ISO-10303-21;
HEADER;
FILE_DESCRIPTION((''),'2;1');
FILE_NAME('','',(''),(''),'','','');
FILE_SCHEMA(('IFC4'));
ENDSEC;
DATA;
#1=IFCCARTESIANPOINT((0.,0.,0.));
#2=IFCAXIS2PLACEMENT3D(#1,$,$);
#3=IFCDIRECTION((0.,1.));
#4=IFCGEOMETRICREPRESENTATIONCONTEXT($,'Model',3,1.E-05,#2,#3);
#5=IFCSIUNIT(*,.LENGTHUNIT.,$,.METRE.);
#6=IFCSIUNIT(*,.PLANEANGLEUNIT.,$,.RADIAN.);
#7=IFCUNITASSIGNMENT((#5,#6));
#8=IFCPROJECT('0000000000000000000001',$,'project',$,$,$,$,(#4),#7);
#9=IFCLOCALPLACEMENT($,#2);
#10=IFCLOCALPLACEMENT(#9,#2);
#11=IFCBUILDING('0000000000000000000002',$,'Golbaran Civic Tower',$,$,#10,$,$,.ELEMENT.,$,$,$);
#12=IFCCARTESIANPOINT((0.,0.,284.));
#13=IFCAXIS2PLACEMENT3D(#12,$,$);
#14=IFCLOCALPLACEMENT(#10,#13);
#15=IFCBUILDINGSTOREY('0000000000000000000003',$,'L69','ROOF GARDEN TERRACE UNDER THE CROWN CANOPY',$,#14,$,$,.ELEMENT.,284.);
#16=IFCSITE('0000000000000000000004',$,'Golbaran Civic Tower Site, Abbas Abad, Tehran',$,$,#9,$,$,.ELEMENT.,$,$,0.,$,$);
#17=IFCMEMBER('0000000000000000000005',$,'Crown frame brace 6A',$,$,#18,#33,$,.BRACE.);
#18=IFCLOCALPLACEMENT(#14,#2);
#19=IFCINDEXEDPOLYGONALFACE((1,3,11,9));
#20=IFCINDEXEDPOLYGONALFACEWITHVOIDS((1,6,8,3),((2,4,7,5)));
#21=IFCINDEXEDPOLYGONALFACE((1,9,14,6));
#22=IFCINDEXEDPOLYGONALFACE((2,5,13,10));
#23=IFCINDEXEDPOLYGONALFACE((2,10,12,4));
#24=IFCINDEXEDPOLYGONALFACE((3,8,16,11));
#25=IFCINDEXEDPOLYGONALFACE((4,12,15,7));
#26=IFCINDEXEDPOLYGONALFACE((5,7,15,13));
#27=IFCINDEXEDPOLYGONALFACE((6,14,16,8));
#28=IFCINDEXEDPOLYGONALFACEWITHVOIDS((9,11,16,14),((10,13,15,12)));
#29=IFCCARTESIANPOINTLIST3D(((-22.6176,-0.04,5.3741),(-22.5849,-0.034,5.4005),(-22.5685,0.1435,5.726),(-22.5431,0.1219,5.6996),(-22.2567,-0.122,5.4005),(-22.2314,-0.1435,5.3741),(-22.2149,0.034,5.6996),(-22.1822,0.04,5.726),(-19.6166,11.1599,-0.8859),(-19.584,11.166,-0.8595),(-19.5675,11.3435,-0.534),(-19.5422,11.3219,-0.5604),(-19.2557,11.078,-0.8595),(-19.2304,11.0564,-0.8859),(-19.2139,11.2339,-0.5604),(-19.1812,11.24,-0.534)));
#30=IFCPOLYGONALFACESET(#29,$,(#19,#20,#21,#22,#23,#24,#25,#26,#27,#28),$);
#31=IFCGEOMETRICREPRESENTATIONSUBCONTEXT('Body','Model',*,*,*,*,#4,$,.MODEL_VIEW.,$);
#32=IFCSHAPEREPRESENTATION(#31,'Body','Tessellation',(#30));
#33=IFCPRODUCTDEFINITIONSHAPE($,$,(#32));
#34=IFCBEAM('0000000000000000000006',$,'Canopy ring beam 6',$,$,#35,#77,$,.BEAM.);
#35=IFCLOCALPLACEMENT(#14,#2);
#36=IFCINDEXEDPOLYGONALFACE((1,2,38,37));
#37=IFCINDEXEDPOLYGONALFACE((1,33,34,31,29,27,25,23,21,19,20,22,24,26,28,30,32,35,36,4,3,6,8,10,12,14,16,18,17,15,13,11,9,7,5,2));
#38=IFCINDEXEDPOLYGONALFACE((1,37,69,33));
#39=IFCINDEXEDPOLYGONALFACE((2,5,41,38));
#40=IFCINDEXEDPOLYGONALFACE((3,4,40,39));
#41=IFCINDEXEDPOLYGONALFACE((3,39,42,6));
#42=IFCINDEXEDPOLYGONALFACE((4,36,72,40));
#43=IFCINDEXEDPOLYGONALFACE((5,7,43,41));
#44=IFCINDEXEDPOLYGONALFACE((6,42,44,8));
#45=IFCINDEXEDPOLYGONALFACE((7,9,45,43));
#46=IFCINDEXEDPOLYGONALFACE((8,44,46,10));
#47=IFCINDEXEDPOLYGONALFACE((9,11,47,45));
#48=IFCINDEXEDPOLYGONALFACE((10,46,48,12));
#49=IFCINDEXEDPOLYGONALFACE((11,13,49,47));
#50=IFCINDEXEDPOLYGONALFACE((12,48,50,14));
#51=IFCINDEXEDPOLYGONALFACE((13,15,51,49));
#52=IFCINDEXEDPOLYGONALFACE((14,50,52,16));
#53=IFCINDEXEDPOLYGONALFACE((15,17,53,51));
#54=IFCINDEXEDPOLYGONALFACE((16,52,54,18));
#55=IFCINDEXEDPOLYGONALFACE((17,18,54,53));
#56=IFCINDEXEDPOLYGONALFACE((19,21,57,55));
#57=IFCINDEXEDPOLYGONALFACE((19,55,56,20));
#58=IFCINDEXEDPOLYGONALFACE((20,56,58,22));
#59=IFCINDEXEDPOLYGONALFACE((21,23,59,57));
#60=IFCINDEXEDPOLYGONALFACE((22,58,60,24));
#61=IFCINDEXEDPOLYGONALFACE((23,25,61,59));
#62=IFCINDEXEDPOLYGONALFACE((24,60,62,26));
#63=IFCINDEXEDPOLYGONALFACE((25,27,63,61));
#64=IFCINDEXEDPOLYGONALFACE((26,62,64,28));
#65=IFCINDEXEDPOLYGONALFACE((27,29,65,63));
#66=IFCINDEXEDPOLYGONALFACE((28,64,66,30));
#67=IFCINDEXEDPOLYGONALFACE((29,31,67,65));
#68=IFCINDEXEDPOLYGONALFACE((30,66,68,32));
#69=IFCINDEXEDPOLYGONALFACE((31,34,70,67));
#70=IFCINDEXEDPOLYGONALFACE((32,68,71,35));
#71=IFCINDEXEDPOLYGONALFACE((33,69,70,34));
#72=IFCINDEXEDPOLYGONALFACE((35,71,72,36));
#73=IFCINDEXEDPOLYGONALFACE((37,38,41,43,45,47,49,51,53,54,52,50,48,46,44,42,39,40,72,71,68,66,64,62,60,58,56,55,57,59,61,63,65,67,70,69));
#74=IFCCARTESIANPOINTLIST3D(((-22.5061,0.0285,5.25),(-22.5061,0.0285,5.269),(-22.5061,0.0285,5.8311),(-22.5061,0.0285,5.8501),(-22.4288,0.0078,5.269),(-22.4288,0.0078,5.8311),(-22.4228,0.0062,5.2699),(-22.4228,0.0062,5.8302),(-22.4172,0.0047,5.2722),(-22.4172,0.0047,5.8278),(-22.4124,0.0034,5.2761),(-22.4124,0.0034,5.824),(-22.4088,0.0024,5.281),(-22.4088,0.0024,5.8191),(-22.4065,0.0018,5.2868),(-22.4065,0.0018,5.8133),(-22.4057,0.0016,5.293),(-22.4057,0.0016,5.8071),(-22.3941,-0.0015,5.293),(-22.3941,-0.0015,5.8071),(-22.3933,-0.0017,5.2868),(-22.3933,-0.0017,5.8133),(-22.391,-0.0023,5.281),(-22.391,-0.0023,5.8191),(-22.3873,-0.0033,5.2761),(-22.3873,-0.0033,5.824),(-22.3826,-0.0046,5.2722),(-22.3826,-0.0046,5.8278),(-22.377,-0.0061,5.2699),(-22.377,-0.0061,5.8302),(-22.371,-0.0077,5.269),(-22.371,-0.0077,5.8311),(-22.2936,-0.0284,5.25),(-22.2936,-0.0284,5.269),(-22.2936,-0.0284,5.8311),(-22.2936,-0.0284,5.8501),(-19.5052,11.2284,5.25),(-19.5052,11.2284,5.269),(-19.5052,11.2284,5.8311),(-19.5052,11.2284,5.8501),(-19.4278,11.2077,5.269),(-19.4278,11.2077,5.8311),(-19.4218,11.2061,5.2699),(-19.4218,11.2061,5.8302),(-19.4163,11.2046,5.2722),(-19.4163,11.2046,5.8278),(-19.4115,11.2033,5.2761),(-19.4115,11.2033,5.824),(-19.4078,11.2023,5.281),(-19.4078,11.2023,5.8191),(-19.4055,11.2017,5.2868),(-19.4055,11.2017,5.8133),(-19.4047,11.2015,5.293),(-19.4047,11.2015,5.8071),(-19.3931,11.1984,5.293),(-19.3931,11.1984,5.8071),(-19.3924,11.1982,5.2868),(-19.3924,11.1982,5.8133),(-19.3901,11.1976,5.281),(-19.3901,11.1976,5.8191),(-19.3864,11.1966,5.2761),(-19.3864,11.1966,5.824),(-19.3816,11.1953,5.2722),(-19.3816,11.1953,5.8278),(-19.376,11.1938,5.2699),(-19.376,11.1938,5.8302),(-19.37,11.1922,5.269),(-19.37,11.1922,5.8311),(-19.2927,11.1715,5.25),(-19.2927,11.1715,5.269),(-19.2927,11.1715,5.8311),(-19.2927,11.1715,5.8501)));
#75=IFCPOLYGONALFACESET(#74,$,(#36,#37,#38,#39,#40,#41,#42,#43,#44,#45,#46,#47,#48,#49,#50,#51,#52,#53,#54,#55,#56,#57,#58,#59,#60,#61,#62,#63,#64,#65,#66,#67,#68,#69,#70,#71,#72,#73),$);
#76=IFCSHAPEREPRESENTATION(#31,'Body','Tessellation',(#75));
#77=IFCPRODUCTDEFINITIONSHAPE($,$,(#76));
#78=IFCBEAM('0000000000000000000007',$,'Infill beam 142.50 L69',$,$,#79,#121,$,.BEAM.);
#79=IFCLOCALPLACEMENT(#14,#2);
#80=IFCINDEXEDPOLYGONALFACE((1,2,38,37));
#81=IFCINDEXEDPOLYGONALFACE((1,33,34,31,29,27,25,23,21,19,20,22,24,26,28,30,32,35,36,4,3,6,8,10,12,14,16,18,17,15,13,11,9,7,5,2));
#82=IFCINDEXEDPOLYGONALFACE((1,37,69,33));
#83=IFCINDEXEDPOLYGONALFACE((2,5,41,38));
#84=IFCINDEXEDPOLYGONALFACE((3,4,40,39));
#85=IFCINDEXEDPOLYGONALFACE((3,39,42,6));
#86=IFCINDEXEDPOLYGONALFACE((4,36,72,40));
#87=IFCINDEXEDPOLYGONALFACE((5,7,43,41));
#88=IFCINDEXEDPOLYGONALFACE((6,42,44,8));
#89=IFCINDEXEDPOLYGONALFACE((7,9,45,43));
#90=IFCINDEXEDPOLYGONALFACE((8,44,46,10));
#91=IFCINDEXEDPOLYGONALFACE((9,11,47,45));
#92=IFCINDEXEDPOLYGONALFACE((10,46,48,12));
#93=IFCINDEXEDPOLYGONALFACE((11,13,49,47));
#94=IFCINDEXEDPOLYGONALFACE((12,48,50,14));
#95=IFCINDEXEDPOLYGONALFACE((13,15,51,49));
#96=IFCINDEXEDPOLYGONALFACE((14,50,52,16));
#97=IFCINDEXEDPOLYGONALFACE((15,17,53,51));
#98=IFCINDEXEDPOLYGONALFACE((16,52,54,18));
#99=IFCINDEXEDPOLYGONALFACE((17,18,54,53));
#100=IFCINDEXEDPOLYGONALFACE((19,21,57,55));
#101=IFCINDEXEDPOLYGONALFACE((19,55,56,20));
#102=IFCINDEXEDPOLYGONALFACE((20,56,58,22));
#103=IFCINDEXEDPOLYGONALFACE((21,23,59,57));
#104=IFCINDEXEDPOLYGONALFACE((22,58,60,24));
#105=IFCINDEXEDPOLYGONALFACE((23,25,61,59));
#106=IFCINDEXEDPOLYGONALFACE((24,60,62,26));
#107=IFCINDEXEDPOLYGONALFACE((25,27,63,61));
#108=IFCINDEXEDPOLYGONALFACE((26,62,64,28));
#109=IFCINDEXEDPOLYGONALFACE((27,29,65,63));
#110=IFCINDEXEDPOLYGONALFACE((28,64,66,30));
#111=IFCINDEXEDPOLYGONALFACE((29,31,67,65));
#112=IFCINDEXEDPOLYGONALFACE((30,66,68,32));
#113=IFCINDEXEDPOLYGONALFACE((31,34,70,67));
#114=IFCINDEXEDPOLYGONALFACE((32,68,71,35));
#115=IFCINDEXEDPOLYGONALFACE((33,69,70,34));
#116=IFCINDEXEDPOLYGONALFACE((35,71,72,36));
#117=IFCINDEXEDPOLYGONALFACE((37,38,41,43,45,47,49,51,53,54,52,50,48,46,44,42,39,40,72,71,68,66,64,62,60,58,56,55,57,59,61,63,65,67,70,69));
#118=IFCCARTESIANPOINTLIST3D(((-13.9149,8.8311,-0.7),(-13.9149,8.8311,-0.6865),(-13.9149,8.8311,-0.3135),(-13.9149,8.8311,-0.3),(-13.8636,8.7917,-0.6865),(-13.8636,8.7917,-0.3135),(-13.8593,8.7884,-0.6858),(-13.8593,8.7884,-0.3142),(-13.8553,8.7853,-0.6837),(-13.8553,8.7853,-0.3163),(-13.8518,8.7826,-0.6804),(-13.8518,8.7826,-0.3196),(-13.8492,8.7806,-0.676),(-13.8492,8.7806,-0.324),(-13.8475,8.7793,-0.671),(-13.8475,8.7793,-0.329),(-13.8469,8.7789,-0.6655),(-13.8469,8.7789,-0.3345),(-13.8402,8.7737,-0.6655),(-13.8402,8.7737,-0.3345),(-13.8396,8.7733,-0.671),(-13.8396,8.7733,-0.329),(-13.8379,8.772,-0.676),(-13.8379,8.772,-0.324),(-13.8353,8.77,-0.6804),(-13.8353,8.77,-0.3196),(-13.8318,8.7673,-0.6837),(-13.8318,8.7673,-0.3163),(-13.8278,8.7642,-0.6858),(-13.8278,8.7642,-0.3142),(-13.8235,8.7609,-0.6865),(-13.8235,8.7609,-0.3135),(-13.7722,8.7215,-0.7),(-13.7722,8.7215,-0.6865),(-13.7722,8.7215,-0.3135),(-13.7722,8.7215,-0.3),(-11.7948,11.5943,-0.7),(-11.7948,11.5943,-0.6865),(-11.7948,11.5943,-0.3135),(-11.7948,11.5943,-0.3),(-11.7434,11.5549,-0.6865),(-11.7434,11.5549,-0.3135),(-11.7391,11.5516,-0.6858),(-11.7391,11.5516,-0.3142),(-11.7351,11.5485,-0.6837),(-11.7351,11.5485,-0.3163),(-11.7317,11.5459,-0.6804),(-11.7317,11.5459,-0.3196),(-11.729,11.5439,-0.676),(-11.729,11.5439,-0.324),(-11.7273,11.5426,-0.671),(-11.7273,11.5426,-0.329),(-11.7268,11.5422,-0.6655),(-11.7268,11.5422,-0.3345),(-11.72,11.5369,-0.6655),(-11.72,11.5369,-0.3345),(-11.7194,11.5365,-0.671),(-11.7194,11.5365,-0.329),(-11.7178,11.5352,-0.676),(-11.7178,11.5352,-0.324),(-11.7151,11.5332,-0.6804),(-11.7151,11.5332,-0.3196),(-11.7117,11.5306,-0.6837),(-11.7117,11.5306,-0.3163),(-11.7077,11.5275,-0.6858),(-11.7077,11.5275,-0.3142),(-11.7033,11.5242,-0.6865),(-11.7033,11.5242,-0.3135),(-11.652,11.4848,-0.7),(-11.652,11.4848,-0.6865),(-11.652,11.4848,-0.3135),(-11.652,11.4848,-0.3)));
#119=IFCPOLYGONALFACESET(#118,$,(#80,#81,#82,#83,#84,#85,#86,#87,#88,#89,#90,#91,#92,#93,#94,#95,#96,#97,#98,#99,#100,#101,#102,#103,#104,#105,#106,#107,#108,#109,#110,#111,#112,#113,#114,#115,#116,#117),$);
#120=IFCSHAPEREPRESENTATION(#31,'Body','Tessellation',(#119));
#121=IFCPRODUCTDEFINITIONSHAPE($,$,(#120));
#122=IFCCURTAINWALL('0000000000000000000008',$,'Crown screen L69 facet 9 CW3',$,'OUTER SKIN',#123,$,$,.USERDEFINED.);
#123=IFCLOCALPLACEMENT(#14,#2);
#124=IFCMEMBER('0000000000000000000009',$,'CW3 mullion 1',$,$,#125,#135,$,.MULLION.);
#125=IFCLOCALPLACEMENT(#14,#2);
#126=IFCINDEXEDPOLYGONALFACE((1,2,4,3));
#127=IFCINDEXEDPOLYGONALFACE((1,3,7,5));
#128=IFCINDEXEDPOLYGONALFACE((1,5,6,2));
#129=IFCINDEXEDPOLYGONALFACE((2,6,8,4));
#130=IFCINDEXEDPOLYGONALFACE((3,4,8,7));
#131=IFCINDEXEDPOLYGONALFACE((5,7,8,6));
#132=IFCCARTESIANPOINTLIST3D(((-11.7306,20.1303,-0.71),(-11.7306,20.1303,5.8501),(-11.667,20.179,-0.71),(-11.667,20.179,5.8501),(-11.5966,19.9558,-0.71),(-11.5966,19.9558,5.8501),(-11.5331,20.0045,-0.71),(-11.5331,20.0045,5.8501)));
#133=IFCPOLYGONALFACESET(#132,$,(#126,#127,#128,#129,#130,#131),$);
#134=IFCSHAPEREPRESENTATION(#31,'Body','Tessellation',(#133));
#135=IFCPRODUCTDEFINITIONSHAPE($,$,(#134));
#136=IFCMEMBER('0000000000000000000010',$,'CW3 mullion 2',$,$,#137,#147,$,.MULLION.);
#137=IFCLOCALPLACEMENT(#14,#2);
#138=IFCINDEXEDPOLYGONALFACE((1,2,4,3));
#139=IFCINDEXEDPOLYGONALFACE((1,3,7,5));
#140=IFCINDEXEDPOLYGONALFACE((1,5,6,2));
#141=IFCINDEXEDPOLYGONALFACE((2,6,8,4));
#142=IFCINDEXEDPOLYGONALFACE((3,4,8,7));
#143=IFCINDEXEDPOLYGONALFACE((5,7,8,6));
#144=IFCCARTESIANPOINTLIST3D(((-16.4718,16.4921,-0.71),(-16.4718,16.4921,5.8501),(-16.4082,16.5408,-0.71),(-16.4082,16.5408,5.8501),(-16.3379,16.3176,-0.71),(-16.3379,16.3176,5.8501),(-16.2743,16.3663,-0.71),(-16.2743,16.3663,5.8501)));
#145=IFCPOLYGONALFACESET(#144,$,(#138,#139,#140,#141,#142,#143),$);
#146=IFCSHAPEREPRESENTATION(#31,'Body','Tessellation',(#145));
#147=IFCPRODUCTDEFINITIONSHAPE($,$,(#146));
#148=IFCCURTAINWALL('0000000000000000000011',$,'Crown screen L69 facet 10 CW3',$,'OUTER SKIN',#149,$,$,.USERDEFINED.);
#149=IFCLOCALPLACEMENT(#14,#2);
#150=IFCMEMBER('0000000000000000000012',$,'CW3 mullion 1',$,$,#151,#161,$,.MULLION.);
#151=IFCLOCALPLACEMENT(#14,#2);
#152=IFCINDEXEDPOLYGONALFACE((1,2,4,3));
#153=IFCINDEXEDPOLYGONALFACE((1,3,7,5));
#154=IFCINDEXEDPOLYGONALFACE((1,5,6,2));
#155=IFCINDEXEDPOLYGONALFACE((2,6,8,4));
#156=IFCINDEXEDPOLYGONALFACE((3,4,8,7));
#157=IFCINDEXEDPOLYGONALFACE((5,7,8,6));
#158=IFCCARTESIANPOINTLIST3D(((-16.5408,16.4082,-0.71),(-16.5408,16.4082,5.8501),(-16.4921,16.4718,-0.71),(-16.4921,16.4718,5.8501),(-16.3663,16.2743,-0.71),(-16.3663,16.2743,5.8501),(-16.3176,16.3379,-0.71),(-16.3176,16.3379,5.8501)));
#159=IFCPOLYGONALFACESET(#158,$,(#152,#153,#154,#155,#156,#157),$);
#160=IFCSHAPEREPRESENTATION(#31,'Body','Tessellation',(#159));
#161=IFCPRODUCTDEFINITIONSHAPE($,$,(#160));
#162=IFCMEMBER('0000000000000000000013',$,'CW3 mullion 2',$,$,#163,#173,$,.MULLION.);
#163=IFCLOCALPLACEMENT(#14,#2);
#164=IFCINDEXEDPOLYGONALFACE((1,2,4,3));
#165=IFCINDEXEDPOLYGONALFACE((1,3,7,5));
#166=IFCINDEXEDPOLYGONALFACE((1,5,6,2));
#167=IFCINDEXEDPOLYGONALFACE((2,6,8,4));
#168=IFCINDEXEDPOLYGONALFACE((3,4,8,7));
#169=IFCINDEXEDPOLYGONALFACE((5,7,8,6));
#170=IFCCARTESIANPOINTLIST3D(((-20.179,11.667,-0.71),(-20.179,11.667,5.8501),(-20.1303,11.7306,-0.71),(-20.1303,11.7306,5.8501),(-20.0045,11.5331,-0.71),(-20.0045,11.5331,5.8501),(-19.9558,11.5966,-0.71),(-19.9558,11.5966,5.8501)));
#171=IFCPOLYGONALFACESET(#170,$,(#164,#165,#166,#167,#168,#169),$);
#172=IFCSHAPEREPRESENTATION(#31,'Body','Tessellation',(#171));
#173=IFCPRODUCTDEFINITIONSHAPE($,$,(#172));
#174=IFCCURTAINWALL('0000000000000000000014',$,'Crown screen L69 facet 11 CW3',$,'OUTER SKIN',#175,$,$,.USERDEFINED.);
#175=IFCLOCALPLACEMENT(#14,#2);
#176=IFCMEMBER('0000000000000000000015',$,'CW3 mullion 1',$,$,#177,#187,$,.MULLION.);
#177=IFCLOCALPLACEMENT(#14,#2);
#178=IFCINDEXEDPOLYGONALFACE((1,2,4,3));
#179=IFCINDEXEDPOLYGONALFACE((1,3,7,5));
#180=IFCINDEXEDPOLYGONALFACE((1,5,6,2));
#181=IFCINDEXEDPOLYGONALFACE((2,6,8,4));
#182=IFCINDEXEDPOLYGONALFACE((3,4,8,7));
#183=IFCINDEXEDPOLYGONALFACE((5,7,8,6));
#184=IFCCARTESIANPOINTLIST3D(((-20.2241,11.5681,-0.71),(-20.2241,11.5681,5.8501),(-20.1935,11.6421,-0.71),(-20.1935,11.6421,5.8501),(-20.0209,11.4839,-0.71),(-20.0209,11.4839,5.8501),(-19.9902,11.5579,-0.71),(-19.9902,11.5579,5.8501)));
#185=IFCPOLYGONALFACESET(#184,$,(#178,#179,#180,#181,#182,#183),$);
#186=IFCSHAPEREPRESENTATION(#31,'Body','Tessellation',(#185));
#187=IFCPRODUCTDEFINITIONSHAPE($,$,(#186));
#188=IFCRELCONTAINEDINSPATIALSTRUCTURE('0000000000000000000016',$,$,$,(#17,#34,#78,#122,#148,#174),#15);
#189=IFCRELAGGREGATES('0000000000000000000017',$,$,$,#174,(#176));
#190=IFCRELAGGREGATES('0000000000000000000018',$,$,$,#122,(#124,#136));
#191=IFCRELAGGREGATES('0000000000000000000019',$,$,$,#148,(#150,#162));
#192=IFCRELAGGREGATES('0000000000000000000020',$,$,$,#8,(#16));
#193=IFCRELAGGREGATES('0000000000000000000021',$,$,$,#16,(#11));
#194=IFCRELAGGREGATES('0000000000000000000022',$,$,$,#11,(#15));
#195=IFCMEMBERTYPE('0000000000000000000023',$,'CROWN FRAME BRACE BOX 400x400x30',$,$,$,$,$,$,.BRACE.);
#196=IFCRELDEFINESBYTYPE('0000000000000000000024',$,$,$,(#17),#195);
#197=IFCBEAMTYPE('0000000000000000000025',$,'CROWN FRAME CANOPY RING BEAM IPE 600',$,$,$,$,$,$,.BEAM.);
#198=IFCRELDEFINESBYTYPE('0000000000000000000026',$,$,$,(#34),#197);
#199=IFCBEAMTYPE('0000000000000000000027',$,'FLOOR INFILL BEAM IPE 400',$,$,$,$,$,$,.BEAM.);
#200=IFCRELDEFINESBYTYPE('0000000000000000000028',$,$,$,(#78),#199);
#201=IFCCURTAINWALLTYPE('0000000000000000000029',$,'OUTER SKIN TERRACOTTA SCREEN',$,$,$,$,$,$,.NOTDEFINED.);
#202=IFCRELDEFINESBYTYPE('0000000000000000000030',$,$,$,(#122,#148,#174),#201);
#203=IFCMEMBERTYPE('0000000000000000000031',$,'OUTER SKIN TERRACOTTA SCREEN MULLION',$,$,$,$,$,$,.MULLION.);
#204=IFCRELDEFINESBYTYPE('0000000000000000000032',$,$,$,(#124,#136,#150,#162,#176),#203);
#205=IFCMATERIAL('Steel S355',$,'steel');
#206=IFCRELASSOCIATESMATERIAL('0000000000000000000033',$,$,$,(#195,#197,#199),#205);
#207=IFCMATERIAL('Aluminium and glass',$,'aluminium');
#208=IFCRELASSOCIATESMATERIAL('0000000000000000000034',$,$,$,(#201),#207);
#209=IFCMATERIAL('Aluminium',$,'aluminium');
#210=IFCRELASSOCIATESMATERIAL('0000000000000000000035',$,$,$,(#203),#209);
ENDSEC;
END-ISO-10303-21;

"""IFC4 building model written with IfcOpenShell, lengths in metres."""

from ifc_helpers import new_model, si_unit, direction, frame, origin, origin_2d, place, context, subcontext, project, spatial, rectangle, hollow_rectangle, i_section, extrude, material, material_profile, profile_set, type_object, element, aggregate, save


model = new_model("IFC4")

# Units and contexts
model_context = context("Model", 3, precision=1e-05, world=origin(), true_north=direction((0.0, 1.0)))
body_context = subcontext(model_context, "Body", "Model", "MODEL_VIEW")
ifc_project = project(units=[si_unit("LENGTHUNIT", "METRE"), si_unit("PLANEANGLEUNIT", "RADIAN")], contexts=[model_context])

# Site, building, storey
site_placement = place(None, origin())
site = spatial("IfcSite", under=ifc_project, at=site_placement, Name="Golbaran Civic Tower Site, Abbas Abad, Tehran", CompositionType="ELEMENT", RefElevation=0.0)
building_placement = place(site_placement, origin())
building = spatial("IfcBuilding", under=site, at=building_placement, Name="Golbaran Civic Tower", CompositionType="ELEMENT")
storey_placement = place(building_placement, frame((0.0, 0.0, 284.0)))
storey = spatial("IfcBuildingStorey", under=building, at=storey_placement, Name="L69", Description="ROOF GARDEN TERRACE UNDER THE CROWN CANOPY", CompositionType="ELEMENT", Elevation=284.0)

# Member
ifc_material_1 = material(Name="Steel S355", Category="steel")
ifc_material_profile_1 = material_profile(ifc_material_1, hollow_rectangle(XDim=0.3999, YDim=0.3999, WallThickness=0.03, at=origin_2d()), Name="BOX 400x400x30")
ifc_profile_set_1 = profile_set([ifc_material_profile_1], Name="Steel S355")
member_type_1 = type_object("IfcMemberType", Name="CROWN FRAME BRACE BOX 400x400x30", PredefinedType="BRACE", material=ifc_profile_set_1)
member_1_placement = place(storey_placement, frame((-19.3989, 11.2, -0.71), z_axis=(-0.227744, -0.849964, 0.475072), x_axis=(0.965927, -0.258816, 0.0)))
element("IfcMember", 1, at=member_1_placement, inside=storey, type_object=member_type_1, Name="Crown frame brace 6A", PredefinedType="BRACE", context=body_context, shape_type="SweptSolid", body=[
    extrude(hollow_rectangle(XDim=0.3999, YDim=0.3999, WallThickness=0.03, at=origin_2d()), origin(), (0.0, 0.0, 1.0), 13.177),
])

# Beams
ifc_material_profile_2 = material_profile(ifc_material_1, i_section(OverallWidth=0.22, OverallDepth=0.6001, WebThickness=0.012, FlangeThickness=0.019, FilletRadius=0.0239, at=origin_2d()), Name="IPE 600")
ifc_profile_set_2 = profile_set([ifc_material_profile_2], Name="Steel S355")
beam_type_1 = type_object("IfcBeamType", Name="CROWN FRAME CANOPY RING BEAM IPE 600", PredefinedType="BEAM", material=ifc_profile_set_2)
beam_1_placement = place(storey_placement, frame((-19.3989, 11.2, 5.55), z_axis=(-0.258816, -0.965927, 0.0), x_axis=(0.965927, -0.258816, 0.0)))
element("IfcBeam", 2, at=beam_1_placement, inside=storey, type_object=beam_type_1, Name="Canopy ring beam 6", PredefinedType="BEAM", context=body_context, shape_type="SweptSolid", body=[
    extrude(i_section(OverallWidth=0.22, OverallDepth=0.6001, WebThickness=0.012, FlangeThickness=0.019, FilletRadius=0.0239, at=origin_2d()), origin(), (0.0, 0.0, 1.0), 11.595),
])
ifc_material_profile_3 = material_profile(ifc_material_1, i_section(OverallWidth=0.1799, OverallDepth=0.3999, WebThickness=0.0085, FlangeThickness=0.0134, FilletRadius=0.021, at=origin_2d()), Name="IPE 400")
ifc_profile_set_3 = profile_set([ifc_material_profile_3], Name="Steel S355")
beam_type_2 = type_object("IfcBeamType", Name="FLOOR INFILL BEAM IPE 400", PredefinedType="BEAM", material=ifc_profile_set_3)
beam_2_placement = place(storey_placement, frame((-11.7234, 11.5396, -0.5), z_axis=(-0.608735, -0.793374, 0.0), x_axis=(0.793374, -0.608735, 0.0)))
element("IfcBeam", 3, at=beam_2_placement, inside=storey, type_object=beam_type_2, Name="Infill beam 142.50 L69", PredefinedType="BEAM", context=body_context, shape_type="SweptSolid", body=[
    extrude(i_section(OverallWidth=0.1799, OverallDepth=0.3999, WebThickness=0.0085, FlangeThickness=0.0134, FilletRadius=0.021, at=origin_2d()), origin(), (0.0, 0.0, 1.0), 3.4829),
])

# Curtain walls, members
ifc_material_2 = material(Name="Aluminium and glass", Category="aluminium")
curtain_wall_type = type_object("IfcCurtainWallType", Name="OUTER SKIN TERRACOTTA SCREEN", PredefinedType="NOTDEFINED", material=ifc_material_2)
curtain_wall_1_placement = place(storey_placement, origin())
curtain_wall_1 = element("IfcCurtainWall", 4, at=curtain_wall_1_placement, inside=storey, type_object=curtain_wall_type, Name="Crown screen L69 facet 9 CW3", ObjectType="OUTER SKIN", PredefinedType="USERDEFINED")
ifc_material_3 = material(Name="Aluminium", Category="aluminium")
ifc_material_profile_4 = material_profile(ifc_material_3, rectangle(XDim=0.22, YDim=0.0801, at=origin_2d()), Name="OUTER SKIN TERRACOTTA SCREEN MULLION")
ifc_profile_set_4 = profile_set([ifc_material_profile_4], Name="Aluminium")
member_type_2 = type_object("IfcMemberType", Name="OUTER SKIN TERRACOTTA SCREEN MULLION", PredefinedType="MULLION", material=ifc_profile_set_4)
member_2_placement = place(storey_placement, frame((-11.6318, 20.0674, -0.71), z_axis=(0.0, 0.0, 1.0), x_axis=(0.608761, -0.793353, 0.0)))
member_2 = element("IfcMember", 5, at=member_2_placement, type_object=member_type_2, Name="CW3 mullion 1", PredefinedType="MULLION", context=body_context, shape_type="SweptSolid", body=[
    extrude(rectangle(XDim=0.22, YDim=0.0801, at=origin_2d()), origin(), (0.0, 0.0, 1.0), 6.5601),
])
member_3_placement = place(storey_placement, frame((-16.373, 16.4292, -0.71), z_axis=(0.0, 0.0, 1.0), x_axis=(0.608761, -0.793353, 0.0)))
member_3 = element("IfcMember", 6, at=member_3_placement, type_object=member_type_2, Name="CW3 mullion 2", PredefinedType="MULLION", context=body_context, shape_type="SweptSolid", body=[
    extrude(rectangle(XDim=0.22, YDim=0.0801, at=origin_2d()), origin(), (0.0, 0.0, 1.0), 6.5601),
])
curtain_wall_2_placement = place(storey_placement, origin())
curtain_wall_2 = element("IfcCurtainWall", 7, at=curtain_wall_2_placement, inside=storey, type_object=curtain_wall_type, Name="Crown screen L69 facet 10 CW3", ObjectType="OUTER SKIN", PredefinedType="USERDEFINED")
member_4_placement = place(storey_placement, frame((-16.4292, 16.373, -0.71), z_axis=(0.0, 0.0, 1.0), x_axis=(0.793353, -0.608761, 0.0)))
member_4 = element("IfcMember", 8, at=member_4_placement, type_object=member_type_2, Name="CW3 mullion 1", PredefinedType="MULLION", context=body_context, shape_type="SweptSolid", body=[
    extrude(rectangle(XDim=0.22, YDim=0.0801, at=origin_2d()), origin(), (0.0, 0.0, 1.0), 6.5601),
])
member_5_placement = place(storey_placement, frame((-20.0674, 11.6318, -0.71), z_axis=(0.0, 0.0, 1.0), x_axis=(0.793353, -0.608761, 0.0)))
member_5 = element("IfcMember", 9, at=member_5_placement, type_object=member_type_2, Name="CW3 mullion 2", PredefinedType="MULLION", context=body_context, shape_type="SweptSolid", body=[
    extrude(rectangle(XDim=0.22, YDim=0.0801, at=origin_2d()), origin(), (0.0, 0.0, 1.0), 6.5601),
])

# Curtain wall, member
curtain_wall_3_placement = place(storey_placement, origin())
curtain_wall_3 = element("IfcCurtainWall", 10, at=curtain_wall_3_placement, inside=storey, type_object=curtain_wall_type, Name="Crown screen L69 facet 11 CW3", ObjectType="OUTER SKIN", PredefinedType="USERDEFINED")
member_6_placement = place(storey_placement, frame((-20.1072, 11.563, -0.71), z_axis=(0.0, 0.0, 1.0), x_axis=(0.92388, -0.382683, 0.0)))
member_6 = element("IfcMember", 11, at=member_6_placement, type_object=member_type_2, Name="CW3 mullion 1", PredefinedType="MULLION", context=body_context, shape_type="SweptSolid", body=[
    extrude(rectangle(XDim=0.22, YDim=0.0801, at=origin_2d()), origin(), (0.0, 0.0, 1.0), 6.5601),
])

aggregate(curtain_wall_3, [member_6])

aggregate(curtain_wall_1, [member_2, member_3])
aggregate(curtain_wall_2, [member_4, member_5])

save(model, "model.ifc")
